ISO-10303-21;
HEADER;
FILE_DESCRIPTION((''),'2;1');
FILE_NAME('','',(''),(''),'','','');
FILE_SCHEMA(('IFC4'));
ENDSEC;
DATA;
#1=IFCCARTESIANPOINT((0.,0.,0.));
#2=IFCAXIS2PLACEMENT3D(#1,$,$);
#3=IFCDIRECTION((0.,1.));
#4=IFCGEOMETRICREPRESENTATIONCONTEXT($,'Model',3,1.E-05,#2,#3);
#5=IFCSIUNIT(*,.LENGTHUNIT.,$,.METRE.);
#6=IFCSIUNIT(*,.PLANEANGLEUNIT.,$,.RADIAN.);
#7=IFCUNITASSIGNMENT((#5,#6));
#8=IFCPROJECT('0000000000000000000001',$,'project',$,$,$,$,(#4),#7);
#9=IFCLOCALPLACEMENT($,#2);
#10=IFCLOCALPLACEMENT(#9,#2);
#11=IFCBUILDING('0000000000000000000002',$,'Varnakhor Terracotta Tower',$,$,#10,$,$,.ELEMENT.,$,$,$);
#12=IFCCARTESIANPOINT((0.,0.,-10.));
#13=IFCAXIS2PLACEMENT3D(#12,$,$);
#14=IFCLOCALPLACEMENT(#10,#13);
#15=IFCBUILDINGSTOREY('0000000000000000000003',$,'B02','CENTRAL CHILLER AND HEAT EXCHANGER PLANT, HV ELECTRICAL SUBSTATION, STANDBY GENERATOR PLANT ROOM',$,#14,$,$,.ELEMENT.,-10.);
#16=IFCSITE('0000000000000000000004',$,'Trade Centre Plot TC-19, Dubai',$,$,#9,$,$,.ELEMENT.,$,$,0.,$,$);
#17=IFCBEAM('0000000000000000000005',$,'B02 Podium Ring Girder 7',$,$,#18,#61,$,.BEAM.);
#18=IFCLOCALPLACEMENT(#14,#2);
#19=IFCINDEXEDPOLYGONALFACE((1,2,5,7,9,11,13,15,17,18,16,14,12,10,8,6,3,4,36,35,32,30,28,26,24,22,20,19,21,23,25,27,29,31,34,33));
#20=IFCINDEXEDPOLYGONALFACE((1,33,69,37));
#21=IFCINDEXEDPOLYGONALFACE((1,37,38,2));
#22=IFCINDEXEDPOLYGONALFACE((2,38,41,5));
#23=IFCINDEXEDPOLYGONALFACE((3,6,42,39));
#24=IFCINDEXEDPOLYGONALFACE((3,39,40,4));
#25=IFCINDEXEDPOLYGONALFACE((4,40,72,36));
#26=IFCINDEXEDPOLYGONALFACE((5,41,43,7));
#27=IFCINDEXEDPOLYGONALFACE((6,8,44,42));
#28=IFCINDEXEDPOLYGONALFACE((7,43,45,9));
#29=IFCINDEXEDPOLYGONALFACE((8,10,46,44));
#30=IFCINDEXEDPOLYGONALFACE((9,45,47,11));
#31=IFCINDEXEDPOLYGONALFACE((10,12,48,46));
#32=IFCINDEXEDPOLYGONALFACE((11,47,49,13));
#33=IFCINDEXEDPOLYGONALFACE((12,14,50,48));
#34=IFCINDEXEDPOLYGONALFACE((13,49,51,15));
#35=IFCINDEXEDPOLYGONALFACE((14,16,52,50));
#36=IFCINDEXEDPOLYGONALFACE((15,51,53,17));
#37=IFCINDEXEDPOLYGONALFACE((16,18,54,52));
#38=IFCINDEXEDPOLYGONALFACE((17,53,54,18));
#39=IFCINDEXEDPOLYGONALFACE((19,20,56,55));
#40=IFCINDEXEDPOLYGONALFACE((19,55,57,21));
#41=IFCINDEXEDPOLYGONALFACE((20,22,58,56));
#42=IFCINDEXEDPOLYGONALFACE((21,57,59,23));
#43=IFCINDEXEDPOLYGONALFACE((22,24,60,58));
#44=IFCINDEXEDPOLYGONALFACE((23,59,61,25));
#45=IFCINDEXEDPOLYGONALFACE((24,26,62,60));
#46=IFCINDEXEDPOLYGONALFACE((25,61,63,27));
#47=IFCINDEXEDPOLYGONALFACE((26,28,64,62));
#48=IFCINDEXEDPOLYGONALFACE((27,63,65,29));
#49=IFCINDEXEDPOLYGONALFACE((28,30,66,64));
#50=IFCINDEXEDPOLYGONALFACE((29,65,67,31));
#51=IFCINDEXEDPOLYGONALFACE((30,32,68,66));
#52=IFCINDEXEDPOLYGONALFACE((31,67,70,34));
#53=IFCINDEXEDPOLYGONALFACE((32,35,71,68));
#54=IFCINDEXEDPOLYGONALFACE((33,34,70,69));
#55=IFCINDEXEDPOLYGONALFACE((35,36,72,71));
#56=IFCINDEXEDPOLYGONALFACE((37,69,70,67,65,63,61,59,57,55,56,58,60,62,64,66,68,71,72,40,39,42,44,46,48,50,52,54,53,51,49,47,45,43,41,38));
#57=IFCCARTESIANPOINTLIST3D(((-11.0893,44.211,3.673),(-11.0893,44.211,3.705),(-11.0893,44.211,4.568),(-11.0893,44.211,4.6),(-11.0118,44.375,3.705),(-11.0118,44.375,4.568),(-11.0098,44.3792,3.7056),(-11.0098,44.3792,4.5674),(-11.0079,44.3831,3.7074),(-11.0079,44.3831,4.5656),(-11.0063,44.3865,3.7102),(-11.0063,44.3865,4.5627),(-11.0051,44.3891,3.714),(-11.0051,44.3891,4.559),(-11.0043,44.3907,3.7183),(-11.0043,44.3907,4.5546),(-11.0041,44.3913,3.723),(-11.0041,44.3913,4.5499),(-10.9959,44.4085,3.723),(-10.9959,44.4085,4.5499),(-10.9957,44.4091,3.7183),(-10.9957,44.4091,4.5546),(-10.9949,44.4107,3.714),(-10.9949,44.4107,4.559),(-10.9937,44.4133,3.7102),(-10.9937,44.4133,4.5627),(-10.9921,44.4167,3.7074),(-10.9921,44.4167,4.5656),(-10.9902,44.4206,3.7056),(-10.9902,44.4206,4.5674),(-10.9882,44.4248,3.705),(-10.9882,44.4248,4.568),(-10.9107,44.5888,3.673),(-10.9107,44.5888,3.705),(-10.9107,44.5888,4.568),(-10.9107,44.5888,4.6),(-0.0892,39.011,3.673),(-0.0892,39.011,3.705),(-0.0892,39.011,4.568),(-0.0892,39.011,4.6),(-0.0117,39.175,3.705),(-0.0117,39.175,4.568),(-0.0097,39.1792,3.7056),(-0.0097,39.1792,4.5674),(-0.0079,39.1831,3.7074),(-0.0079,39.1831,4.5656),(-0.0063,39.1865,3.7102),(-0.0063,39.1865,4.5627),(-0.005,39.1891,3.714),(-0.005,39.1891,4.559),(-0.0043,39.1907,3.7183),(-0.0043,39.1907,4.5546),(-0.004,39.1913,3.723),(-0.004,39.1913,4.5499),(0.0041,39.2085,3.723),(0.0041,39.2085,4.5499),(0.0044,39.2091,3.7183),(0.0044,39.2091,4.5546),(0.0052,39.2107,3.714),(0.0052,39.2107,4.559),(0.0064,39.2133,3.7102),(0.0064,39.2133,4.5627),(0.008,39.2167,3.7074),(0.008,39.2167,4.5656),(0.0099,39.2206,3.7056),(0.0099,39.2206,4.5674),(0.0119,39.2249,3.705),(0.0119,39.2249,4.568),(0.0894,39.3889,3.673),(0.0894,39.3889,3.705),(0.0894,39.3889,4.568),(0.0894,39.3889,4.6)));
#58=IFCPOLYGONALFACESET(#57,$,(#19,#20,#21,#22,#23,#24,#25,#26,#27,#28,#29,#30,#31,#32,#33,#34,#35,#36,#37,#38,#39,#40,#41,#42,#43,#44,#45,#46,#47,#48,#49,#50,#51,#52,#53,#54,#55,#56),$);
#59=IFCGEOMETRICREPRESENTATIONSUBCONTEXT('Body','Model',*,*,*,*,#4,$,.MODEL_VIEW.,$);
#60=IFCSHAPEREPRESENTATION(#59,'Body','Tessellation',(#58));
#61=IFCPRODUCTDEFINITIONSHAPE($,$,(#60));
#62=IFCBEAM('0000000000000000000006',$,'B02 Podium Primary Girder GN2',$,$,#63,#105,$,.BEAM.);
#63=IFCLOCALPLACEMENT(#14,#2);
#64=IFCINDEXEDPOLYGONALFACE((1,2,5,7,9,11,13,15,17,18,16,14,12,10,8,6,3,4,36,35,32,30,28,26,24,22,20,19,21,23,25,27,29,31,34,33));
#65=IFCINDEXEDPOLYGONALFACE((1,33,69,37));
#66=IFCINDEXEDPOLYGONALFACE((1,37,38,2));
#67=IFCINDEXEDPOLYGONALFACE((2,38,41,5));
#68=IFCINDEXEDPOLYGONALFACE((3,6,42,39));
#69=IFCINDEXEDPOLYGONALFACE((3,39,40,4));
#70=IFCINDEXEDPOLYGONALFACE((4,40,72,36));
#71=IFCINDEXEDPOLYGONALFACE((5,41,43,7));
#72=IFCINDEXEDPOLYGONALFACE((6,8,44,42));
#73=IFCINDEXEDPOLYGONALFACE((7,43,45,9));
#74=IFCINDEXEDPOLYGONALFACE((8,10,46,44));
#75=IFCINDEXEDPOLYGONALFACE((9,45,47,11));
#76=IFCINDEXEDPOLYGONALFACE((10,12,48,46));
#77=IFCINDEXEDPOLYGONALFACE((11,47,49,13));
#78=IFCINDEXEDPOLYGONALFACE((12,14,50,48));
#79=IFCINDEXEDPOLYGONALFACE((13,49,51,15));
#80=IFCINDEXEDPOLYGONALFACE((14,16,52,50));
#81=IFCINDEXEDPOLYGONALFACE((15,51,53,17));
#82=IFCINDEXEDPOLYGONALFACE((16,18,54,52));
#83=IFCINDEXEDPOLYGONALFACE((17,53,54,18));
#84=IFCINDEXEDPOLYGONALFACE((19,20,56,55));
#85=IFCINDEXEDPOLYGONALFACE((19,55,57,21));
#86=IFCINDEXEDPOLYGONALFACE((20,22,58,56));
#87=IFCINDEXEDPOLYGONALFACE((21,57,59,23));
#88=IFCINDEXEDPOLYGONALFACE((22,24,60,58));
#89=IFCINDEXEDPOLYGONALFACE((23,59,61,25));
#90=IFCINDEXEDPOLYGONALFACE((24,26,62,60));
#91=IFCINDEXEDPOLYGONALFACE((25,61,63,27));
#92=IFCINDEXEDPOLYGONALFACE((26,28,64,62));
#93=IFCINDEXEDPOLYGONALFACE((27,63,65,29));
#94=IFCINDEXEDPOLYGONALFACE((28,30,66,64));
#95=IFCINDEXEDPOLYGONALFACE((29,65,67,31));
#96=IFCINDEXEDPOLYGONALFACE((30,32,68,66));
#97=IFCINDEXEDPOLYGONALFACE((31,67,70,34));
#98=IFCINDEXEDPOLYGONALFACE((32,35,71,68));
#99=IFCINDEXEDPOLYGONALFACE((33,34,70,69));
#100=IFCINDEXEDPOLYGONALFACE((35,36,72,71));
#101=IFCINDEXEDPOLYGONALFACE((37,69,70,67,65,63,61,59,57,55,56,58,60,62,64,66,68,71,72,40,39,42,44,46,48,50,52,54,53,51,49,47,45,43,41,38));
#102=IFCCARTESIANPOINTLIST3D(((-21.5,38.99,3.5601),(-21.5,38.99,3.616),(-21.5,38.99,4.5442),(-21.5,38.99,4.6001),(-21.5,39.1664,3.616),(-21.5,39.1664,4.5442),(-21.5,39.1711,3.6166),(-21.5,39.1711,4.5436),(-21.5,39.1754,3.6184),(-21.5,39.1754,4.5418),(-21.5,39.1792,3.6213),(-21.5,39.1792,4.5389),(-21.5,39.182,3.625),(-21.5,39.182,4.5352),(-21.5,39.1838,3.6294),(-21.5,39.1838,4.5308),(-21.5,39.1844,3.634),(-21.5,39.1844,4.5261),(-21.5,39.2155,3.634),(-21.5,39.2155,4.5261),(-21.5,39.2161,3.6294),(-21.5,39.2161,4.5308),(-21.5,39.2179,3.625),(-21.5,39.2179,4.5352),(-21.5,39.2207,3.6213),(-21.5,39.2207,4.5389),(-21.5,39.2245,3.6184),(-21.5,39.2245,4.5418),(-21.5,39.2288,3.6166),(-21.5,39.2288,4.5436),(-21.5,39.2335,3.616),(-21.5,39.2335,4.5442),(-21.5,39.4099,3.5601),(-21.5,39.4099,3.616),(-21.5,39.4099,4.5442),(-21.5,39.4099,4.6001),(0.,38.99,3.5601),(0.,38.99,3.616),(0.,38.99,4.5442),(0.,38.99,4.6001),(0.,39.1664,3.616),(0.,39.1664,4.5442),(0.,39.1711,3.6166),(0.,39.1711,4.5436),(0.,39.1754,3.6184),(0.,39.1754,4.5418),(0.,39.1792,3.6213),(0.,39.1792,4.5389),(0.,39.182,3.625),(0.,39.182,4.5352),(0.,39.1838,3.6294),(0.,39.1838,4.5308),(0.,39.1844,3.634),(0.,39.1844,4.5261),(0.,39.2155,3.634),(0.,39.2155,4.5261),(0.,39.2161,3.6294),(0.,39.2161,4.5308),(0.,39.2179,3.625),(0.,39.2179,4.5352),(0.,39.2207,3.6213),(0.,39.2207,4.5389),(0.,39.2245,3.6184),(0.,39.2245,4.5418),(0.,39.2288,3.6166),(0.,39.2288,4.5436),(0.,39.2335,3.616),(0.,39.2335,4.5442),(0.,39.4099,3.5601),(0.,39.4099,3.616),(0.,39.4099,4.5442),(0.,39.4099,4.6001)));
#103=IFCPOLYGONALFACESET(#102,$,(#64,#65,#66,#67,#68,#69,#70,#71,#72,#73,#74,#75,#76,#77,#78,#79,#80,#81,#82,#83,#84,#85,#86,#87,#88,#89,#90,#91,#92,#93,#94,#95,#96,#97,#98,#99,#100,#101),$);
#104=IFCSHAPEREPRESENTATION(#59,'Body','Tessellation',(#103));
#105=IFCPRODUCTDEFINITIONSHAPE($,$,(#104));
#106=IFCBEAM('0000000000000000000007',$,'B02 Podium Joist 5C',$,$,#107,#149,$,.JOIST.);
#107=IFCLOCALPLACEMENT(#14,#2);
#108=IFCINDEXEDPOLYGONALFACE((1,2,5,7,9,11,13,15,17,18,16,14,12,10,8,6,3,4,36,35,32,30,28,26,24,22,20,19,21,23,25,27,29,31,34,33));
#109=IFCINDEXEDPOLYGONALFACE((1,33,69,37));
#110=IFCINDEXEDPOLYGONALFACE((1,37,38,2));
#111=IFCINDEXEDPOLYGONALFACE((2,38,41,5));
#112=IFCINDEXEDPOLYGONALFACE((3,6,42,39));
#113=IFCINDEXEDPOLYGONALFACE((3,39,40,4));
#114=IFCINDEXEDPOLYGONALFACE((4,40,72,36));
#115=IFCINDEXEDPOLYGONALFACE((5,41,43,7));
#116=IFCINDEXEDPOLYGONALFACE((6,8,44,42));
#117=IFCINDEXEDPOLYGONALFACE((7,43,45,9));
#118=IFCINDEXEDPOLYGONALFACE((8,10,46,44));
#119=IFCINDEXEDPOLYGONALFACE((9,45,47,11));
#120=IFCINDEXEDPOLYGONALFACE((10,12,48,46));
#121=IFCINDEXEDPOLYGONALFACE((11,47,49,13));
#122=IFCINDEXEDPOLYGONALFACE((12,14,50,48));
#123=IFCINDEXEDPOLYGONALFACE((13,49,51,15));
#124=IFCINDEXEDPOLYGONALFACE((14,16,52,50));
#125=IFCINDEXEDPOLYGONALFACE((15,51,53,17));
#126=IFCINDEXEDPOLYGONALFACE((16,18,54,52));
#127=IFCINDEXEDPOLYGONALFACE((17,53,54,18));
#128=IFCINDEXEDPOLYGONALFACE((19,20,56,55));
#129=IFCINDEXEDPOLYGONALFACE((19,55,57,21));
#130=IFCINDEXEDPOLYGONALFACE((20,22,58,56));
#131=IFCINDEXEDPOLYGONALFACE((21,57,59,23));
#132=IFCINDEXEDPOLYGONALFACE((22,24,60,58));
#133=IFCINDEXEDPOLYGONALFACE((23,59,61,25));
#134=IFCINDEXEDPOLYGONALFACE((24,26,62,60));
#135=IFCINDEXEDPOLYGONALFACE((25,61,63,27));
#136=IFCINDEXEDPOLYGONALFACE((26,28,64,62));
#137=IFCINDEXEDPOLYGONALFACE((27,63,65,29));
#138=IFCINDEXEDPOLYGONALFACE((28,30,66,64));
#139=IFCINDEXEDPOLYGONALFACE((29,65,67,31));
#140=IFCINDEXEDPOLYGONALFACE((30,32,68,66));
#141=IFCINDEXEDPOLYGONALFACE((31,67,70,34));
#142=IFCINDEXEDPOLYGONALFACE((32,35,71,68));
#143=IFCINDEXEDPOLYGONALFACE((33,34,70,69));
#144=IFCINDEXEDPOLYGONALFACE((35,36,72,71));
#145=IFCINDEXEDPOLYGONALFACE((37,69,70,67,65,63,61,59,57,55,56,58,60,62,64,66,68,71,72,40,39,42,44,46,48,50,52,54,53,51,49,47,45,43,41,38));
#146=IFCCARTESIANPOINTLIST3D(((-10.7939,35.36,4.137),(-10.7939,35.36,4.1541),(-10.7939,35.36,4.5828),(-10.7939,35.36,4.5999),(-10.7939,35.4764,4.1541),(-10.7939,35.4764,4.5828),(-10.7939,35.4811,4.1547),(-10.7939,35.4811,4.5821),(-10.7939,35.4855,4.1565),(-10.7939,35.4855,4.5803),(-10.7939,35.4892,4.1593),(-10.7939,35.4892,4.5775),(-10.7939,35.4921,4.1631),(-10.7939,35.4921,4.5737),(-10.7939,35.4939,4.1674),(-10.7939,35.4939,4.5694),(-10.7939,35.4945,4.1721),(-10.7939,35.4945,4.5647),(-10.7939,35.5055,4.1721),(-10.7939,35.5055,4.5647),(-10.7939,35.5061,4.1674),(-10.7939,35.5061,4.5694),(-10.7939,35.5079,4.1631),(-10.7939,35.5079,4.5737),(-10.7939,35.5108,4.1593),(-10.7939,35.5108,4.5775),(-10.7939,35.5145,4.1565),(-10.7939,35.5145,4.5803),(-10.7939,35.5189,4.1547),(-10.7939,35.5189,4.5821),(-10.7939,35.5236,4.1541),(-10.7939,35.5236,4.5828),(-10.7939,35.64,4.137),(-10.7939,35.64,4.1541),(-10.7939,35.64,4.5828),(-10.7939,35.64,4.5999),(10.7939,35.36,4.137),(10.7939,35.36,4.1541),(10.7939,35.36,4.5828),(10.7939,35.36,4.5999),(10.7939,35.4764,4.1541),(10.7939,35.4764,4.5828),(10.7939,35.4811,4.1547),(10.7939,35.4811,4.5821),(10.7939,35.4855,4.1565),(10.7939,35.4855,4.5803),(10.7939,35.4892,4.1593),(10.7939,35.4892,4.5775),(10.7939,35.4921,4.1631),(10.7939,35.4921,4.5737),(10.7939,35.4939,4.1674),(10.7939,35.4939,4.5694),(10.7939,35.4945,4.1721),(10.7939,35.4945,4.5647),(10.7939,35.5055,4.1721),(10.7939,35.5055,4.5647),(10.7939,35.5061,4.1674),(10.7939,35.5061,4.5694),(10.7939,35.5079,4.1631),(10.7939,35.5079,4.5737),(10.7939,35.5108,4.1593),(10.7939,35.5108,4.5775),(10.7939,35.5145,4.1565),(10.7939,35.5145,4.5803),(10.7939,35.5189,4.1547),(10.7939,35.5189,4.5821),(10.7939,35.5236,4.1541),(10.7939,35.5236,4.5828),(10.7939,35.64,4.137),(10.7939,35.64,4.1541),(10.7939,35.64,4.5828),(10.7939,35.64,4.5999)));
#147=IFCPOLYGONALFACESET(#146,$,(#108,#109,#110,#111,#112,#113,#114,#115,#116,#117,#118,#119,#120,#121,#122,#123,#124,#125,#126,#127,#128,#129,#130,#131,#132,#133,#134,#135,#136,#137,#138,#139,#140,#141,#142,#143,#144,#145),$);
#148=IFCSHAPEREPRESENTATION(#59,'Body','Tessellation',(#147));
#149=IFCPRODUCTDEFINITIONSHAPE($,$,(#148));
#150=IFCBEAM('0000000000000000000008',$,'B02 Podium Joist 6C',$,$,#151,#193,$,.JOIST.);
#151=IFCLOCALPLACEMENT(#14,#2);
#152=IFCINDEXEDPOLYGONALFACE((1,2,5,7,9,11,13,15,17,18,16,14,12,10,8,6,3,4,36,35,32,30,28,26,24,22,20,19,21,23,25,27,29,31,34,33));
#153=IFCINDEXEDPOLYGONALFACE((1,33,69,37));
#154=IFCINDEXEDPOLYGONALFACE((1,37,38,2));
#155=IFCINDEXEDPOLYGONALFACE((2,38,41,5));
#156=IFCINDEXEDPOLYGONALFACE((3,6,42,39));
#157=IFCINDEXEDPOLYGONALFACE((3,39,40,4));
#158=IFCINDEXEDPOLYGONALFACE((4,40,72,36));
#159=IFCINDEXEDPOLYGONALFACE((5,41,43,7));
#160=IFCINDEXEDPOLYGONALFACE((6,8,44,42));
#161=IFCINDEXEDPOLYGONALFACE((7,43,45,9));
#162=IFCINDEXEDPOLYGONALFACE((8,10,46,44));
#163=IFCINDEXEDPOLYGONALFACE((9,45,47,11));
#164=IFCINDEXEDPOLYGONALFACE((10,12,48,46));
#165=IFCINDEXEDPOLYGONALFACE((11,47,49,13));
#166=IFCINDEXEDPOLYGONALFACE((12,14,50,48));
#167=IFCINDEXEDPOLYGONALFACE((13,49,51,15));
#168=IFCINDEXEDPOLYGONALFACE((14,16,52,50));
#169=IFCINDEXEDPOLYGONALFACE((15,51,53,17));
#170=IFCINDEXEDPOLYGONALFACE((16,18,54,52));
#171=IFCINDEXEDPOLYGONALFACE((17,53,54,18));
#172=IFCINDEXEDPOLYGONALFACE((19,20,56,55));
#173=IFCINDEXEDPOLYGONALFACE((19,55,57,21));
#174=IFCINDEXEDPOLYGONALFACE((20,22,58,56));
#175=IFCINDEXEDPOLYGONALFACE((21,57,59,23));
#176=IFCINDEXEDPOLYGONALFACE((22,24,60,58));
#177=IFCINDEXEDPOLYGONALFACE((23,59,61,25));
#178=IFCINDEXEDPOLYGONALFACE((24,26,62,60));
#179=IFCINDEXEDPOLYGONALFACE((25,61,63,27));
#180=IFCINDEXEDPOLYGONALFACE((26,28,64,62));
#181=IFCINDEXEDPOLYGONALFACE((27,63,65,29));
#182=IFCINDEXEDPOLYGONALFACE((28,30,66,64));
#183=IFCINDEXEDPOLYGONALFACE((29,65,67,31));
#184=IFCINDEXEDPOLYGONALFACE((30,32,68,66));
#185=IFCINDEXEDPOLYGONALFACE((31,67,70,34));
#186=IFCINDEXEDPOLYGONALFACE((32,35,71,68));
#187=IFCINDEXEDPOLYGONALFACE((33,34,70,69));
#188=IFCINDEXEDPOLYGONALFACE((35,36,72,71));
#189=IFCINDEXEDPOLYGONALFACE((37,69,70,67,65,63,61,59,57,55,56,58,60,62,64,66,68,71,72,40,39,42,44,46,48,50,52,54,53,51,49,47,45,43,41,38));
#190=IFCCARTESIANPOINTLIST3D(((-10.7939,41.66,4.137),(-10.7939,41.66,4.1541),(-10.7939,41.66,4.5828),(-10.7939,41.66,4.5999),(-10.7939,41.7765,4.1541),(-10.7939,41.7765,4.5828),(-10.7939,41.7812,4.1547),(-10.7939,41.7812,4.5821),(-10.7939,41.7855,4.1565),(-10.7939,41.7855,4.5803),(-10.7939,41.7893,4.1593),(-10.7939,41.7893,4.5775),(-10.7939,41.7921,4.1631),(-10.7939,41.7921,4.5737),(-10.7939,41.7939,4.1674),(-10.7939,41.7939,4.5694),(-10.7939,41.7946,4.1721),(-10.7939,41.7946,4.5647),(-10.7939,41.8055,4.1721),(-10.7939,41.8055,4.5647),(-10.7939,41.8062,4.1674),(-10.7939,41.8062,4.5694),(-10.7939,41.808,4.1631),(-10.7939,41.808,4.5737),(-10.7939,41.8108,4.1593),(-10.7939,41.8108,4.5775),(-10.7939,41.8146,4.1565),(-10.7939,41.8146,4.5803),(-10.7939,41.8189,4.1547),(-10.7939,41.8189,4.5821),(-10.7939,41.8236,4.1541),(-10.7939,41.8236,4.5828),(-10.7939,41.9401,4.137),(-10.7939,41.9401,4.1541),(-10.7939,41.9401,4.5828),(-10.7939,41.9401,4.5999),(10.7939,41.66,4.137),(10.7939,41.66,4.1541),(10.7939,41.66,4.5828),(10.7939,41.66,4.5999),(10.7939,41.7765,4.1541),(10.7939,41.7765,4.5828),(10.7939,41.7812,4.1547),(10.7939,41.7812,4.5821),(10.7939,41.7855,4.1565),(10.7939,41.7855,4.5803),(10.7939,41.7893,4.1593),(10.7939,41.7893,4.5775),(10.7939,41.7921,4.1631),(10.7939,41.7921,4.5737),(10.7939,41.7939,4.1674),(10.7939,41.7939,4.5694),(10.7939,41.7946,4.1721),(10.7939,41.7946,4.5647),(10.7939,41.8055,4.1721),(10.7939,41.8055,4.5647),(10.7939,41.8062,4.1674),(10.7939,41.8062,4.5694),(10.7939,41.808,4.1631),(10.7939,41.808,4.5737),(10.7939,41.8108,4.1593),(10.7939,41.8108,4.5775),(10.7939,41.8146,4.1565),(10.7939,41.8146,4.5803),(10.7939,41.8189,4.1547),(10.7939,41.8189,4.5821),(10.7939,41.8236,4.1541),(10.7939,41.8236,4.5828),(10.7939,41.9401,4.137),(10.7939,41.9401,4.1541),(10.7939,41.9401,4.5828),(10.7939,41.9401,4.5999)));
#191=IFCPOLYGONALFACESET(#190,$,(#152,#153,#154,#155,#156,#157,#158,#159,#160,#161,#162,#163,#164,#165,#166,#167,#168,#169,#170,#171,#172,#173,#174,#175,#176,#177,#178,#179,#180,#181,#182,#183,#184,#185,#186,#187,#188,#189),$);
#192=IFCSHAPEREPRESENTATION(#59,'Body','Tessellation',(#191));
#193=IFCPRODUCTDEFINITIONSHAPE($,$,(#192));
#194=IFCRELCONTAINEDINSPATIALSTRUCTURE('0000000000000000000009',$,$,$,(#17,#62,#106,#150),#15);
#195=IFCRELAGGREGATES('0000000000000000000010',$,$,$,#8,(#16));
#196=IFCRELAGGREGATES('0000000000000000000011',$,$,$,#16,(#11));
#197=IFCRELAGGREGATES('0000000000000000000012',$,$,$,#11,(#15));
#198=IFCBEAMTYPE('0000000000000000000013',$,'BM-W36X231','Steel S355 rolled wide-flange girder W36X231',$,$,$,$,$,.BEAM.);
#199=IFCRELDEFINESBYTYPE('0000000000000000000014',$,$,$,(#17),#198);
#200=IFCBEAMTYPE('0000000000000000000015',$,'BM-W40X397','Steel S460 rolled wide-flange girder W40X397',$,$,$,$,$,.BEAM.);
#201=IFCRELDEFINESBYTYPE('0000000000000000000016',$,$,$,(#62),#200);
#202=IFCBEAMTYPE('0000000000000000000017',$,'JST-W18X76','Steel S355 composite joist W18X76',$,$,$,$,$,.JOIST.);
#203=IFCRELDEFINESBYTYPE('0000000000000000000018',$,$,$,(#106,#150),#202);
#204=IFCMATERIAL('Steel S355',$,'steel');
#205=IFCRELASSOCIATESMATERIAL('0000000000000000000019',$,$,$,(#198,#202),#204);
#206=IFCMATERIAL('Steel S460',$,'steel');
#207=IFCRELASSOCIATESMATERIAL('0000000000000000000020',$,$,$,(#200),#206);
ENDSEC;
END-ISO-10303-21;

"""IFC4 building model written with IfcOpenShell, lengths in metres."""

from ifc_helpers import new_model, si_unit, direction, frame, origin, origin_2d, place, context, subcontext, project, spatial, i_section, extrude, source, transform, mapped, material, material_profile, profile_set, type_object, element, save


model = new_model("IFC4")

# Units and contexts
model_context = context("Model", 3, precision=1e-05, world=origin(), true_north=direction((0.0, 1.0)))
body_context = subcontext(model_context, "Body", "Model", "MODEL_VIEW")
ifc_project = project(units=[si_unit("LENGTHUNIT", "METRE"), si_unit("PLANEANGLEUNIT", "RADIAN")], contexts=[model_context])

# Site, building, storey
site_placement = place(None, origin())
site = spatial("IfcSite", under=ifc_project, at=site_placement, Name="Trade Centre Plot TC-19, Dubai", CompositionType="ELEMENT", RefElevation=0.0)
building_placement = place(site_placement, origin())
building = spatial("IfcBuilding", under=site, at=building_placement, Name="Varnakhor Terracotta Tower", CompositionType="ELEMENT")
storey_placement = place(building_placement, frame((0.0, 0.0, -10.0)))
storey = spatial("IfcBuildingStorey", under=building, at=storey_placement, Name="B02", Description="CENTRAL CHILLER AND HEAT EXCHANGER PLANT, HV ELECTRICAL SUBSTATION, STANDBY GENERATOR PLANT ROOM", CompositionType="ELEMENT", Elevation=-10.0)

# Shared definitions
ifc_material_1 = material(Name="Steel S460", Category="steel")

# Beams
ifc_material_2 = material(Name="Steel S355", Category="steel")
ifc_material_profile_1 = material_profile(ifc_material_2, i_section(OverallWidth=0.418, OverallDepth=0.927, WebThickness=0.019, FlangeThickness=0.032, FilletRadius=0.0181, at=origin_2d()), Name="W36X231")
ifc_profile_set_1 = profile_set([ifc_material_profile_1], Name="Steel S355")
beam_type_1 = type_object("IfcBeamType", Name="BM-W36X231", Description="Steel S355 rolled wide-flange girder W36X231", PredefinedType="BEAM", material=ifc_profile_set_1)
shared_shape_1 = source(origin(), body_context, "Body", "SweptSolid", [
    extrude(i_section(OverallWidth=0.418, OverallDepth=0.927, WebThickness=0.019, FlangeThickness=0.032, FilletRadius=0.0181, at=origin_2d()), origin(), (0.0, 0.0, 1.0), 12.1672),
])
beam_1_placement = place(storey_placement, frame((-11.0, 44.3999, 4.1365), z_axis=(0.904074, -0.427376, 0.0), x_axis=(0.427376, 0.904074, 0.0)))
element("IfcBeam", 1, at=beam_1_placement, inside=storey, type_object=beam_type_1, Name="B02 Podium Ring Girder 7", PredefinedType="BEAM", context=body_context, shape_type="MappedRepresentation", body=[
    mapped(shared_shape_1, transform((0.0, 0.0, 0.0), scale=1.0)),
])
ifc_material_profile_2 = material_profile(ifc_material_1, i_section(OverallWidth=0.4199, OverallDepth=1.04, WebThickness=0.031, FlangeThickness=0.0559, FilletRadius=0.0181, at=origin_2d()), Name="W40X397")
ifc_profile_set_2 = profile_set([ifc_material_profile_2], Name="Steel S460")
beam_type_2 = type_object("IfcBeamType", Name="BM-W40X397", Description="Steel S460 rolled wide-flange girder W40X397", PredefinedType="BEAM", material=ifc_profile_set_2)
shared_shape_2 = source(origin(), body_context, "Body", "SweptSolid", [
    extrude(i_section(OverallWidth=0.4199, OverallDepth=1.04, WebThickness=0.031, FlangeThickness=0.0559, FilletRadius=0.0181, at=origin_2d()), origin(), (0.0, 0.0, 1.0), 21.5),
])
beam_2_placement = place(storey_placement, frame((-21.5, 39.2, 4.0801), z_axis=(1.0, 0.0, 0.0), x_axis=(0.0, 1.0, 0.0)))
element("IfcBeam", 2, at=beam_2_placement, inside=storey, type_object=beam_type_2, Name="B02 Podium Primary Girder GN2", PredefinedType="BEAM", context=body_context, shape_type="MappedRepresentation", body=[
    mapped(shared_shape_2, transform((0.0, 0.0, 0.0), scale=1.0)),
])
ifc_material_profile_3 = material_profile(ifc_material_2, i_section(OverallWidth=0.28, OverallDepth=0.4629, WebThickness=0.011, FlangeThickness=0.0171, FilletRadius=0.0181, at=origin_2d()), Name="W18X76")
ifc_profile_set_3 = profile_set([ifc_material_profile_3], Name="Steel S355")
beam_type_3 = type_object("IfcBeamType", Name="JST-W18X76", Description="Steel S355 composite joist W18X76", PredefinedType="JOIST", material=ifc_profile_set_3)
shared_shape_3 = source(origin(), body_context, "Body", "SweptSolid", [
    extrude(i_section(OverallWidth=0.28, OverallDepth=0.4629, WebThickness=0.011, FlangeThickness=0.0171, FilletRadius=0.0181, at=origin_2d()), origin(), (0.0, 0.0, 1.0), 21.5879),
])
for number, where, z_axis, x_axis, name in (
    (3, (-10.7939, 35.5, 4.3684), (1.0, 0.0, 0.0), (0.0, 1.0, 0.0), "B02 Podium Joist 5C"),
    (4, (-10.7939, 41.8, 4.3684), (1.0, 0.0, 0.0), (0.0, 1.0, 0.0), "B02 Podium Joist 6C"),
):
    element("IfcBeam", number, at=place(storey_placement, frame(where, z_axis=z_axis, x_axis=x_axis)), inside=storey, type_object=beam_type_3, Name=name, PredefinedType="JOIST", context=body_context, shape_type="MappedRepresentation", body=[
        mapped(shared_shape_3, transform((0.0, 0.0, 0.0), scale=1.0)),
    ])

save(model, "model.ifc")
